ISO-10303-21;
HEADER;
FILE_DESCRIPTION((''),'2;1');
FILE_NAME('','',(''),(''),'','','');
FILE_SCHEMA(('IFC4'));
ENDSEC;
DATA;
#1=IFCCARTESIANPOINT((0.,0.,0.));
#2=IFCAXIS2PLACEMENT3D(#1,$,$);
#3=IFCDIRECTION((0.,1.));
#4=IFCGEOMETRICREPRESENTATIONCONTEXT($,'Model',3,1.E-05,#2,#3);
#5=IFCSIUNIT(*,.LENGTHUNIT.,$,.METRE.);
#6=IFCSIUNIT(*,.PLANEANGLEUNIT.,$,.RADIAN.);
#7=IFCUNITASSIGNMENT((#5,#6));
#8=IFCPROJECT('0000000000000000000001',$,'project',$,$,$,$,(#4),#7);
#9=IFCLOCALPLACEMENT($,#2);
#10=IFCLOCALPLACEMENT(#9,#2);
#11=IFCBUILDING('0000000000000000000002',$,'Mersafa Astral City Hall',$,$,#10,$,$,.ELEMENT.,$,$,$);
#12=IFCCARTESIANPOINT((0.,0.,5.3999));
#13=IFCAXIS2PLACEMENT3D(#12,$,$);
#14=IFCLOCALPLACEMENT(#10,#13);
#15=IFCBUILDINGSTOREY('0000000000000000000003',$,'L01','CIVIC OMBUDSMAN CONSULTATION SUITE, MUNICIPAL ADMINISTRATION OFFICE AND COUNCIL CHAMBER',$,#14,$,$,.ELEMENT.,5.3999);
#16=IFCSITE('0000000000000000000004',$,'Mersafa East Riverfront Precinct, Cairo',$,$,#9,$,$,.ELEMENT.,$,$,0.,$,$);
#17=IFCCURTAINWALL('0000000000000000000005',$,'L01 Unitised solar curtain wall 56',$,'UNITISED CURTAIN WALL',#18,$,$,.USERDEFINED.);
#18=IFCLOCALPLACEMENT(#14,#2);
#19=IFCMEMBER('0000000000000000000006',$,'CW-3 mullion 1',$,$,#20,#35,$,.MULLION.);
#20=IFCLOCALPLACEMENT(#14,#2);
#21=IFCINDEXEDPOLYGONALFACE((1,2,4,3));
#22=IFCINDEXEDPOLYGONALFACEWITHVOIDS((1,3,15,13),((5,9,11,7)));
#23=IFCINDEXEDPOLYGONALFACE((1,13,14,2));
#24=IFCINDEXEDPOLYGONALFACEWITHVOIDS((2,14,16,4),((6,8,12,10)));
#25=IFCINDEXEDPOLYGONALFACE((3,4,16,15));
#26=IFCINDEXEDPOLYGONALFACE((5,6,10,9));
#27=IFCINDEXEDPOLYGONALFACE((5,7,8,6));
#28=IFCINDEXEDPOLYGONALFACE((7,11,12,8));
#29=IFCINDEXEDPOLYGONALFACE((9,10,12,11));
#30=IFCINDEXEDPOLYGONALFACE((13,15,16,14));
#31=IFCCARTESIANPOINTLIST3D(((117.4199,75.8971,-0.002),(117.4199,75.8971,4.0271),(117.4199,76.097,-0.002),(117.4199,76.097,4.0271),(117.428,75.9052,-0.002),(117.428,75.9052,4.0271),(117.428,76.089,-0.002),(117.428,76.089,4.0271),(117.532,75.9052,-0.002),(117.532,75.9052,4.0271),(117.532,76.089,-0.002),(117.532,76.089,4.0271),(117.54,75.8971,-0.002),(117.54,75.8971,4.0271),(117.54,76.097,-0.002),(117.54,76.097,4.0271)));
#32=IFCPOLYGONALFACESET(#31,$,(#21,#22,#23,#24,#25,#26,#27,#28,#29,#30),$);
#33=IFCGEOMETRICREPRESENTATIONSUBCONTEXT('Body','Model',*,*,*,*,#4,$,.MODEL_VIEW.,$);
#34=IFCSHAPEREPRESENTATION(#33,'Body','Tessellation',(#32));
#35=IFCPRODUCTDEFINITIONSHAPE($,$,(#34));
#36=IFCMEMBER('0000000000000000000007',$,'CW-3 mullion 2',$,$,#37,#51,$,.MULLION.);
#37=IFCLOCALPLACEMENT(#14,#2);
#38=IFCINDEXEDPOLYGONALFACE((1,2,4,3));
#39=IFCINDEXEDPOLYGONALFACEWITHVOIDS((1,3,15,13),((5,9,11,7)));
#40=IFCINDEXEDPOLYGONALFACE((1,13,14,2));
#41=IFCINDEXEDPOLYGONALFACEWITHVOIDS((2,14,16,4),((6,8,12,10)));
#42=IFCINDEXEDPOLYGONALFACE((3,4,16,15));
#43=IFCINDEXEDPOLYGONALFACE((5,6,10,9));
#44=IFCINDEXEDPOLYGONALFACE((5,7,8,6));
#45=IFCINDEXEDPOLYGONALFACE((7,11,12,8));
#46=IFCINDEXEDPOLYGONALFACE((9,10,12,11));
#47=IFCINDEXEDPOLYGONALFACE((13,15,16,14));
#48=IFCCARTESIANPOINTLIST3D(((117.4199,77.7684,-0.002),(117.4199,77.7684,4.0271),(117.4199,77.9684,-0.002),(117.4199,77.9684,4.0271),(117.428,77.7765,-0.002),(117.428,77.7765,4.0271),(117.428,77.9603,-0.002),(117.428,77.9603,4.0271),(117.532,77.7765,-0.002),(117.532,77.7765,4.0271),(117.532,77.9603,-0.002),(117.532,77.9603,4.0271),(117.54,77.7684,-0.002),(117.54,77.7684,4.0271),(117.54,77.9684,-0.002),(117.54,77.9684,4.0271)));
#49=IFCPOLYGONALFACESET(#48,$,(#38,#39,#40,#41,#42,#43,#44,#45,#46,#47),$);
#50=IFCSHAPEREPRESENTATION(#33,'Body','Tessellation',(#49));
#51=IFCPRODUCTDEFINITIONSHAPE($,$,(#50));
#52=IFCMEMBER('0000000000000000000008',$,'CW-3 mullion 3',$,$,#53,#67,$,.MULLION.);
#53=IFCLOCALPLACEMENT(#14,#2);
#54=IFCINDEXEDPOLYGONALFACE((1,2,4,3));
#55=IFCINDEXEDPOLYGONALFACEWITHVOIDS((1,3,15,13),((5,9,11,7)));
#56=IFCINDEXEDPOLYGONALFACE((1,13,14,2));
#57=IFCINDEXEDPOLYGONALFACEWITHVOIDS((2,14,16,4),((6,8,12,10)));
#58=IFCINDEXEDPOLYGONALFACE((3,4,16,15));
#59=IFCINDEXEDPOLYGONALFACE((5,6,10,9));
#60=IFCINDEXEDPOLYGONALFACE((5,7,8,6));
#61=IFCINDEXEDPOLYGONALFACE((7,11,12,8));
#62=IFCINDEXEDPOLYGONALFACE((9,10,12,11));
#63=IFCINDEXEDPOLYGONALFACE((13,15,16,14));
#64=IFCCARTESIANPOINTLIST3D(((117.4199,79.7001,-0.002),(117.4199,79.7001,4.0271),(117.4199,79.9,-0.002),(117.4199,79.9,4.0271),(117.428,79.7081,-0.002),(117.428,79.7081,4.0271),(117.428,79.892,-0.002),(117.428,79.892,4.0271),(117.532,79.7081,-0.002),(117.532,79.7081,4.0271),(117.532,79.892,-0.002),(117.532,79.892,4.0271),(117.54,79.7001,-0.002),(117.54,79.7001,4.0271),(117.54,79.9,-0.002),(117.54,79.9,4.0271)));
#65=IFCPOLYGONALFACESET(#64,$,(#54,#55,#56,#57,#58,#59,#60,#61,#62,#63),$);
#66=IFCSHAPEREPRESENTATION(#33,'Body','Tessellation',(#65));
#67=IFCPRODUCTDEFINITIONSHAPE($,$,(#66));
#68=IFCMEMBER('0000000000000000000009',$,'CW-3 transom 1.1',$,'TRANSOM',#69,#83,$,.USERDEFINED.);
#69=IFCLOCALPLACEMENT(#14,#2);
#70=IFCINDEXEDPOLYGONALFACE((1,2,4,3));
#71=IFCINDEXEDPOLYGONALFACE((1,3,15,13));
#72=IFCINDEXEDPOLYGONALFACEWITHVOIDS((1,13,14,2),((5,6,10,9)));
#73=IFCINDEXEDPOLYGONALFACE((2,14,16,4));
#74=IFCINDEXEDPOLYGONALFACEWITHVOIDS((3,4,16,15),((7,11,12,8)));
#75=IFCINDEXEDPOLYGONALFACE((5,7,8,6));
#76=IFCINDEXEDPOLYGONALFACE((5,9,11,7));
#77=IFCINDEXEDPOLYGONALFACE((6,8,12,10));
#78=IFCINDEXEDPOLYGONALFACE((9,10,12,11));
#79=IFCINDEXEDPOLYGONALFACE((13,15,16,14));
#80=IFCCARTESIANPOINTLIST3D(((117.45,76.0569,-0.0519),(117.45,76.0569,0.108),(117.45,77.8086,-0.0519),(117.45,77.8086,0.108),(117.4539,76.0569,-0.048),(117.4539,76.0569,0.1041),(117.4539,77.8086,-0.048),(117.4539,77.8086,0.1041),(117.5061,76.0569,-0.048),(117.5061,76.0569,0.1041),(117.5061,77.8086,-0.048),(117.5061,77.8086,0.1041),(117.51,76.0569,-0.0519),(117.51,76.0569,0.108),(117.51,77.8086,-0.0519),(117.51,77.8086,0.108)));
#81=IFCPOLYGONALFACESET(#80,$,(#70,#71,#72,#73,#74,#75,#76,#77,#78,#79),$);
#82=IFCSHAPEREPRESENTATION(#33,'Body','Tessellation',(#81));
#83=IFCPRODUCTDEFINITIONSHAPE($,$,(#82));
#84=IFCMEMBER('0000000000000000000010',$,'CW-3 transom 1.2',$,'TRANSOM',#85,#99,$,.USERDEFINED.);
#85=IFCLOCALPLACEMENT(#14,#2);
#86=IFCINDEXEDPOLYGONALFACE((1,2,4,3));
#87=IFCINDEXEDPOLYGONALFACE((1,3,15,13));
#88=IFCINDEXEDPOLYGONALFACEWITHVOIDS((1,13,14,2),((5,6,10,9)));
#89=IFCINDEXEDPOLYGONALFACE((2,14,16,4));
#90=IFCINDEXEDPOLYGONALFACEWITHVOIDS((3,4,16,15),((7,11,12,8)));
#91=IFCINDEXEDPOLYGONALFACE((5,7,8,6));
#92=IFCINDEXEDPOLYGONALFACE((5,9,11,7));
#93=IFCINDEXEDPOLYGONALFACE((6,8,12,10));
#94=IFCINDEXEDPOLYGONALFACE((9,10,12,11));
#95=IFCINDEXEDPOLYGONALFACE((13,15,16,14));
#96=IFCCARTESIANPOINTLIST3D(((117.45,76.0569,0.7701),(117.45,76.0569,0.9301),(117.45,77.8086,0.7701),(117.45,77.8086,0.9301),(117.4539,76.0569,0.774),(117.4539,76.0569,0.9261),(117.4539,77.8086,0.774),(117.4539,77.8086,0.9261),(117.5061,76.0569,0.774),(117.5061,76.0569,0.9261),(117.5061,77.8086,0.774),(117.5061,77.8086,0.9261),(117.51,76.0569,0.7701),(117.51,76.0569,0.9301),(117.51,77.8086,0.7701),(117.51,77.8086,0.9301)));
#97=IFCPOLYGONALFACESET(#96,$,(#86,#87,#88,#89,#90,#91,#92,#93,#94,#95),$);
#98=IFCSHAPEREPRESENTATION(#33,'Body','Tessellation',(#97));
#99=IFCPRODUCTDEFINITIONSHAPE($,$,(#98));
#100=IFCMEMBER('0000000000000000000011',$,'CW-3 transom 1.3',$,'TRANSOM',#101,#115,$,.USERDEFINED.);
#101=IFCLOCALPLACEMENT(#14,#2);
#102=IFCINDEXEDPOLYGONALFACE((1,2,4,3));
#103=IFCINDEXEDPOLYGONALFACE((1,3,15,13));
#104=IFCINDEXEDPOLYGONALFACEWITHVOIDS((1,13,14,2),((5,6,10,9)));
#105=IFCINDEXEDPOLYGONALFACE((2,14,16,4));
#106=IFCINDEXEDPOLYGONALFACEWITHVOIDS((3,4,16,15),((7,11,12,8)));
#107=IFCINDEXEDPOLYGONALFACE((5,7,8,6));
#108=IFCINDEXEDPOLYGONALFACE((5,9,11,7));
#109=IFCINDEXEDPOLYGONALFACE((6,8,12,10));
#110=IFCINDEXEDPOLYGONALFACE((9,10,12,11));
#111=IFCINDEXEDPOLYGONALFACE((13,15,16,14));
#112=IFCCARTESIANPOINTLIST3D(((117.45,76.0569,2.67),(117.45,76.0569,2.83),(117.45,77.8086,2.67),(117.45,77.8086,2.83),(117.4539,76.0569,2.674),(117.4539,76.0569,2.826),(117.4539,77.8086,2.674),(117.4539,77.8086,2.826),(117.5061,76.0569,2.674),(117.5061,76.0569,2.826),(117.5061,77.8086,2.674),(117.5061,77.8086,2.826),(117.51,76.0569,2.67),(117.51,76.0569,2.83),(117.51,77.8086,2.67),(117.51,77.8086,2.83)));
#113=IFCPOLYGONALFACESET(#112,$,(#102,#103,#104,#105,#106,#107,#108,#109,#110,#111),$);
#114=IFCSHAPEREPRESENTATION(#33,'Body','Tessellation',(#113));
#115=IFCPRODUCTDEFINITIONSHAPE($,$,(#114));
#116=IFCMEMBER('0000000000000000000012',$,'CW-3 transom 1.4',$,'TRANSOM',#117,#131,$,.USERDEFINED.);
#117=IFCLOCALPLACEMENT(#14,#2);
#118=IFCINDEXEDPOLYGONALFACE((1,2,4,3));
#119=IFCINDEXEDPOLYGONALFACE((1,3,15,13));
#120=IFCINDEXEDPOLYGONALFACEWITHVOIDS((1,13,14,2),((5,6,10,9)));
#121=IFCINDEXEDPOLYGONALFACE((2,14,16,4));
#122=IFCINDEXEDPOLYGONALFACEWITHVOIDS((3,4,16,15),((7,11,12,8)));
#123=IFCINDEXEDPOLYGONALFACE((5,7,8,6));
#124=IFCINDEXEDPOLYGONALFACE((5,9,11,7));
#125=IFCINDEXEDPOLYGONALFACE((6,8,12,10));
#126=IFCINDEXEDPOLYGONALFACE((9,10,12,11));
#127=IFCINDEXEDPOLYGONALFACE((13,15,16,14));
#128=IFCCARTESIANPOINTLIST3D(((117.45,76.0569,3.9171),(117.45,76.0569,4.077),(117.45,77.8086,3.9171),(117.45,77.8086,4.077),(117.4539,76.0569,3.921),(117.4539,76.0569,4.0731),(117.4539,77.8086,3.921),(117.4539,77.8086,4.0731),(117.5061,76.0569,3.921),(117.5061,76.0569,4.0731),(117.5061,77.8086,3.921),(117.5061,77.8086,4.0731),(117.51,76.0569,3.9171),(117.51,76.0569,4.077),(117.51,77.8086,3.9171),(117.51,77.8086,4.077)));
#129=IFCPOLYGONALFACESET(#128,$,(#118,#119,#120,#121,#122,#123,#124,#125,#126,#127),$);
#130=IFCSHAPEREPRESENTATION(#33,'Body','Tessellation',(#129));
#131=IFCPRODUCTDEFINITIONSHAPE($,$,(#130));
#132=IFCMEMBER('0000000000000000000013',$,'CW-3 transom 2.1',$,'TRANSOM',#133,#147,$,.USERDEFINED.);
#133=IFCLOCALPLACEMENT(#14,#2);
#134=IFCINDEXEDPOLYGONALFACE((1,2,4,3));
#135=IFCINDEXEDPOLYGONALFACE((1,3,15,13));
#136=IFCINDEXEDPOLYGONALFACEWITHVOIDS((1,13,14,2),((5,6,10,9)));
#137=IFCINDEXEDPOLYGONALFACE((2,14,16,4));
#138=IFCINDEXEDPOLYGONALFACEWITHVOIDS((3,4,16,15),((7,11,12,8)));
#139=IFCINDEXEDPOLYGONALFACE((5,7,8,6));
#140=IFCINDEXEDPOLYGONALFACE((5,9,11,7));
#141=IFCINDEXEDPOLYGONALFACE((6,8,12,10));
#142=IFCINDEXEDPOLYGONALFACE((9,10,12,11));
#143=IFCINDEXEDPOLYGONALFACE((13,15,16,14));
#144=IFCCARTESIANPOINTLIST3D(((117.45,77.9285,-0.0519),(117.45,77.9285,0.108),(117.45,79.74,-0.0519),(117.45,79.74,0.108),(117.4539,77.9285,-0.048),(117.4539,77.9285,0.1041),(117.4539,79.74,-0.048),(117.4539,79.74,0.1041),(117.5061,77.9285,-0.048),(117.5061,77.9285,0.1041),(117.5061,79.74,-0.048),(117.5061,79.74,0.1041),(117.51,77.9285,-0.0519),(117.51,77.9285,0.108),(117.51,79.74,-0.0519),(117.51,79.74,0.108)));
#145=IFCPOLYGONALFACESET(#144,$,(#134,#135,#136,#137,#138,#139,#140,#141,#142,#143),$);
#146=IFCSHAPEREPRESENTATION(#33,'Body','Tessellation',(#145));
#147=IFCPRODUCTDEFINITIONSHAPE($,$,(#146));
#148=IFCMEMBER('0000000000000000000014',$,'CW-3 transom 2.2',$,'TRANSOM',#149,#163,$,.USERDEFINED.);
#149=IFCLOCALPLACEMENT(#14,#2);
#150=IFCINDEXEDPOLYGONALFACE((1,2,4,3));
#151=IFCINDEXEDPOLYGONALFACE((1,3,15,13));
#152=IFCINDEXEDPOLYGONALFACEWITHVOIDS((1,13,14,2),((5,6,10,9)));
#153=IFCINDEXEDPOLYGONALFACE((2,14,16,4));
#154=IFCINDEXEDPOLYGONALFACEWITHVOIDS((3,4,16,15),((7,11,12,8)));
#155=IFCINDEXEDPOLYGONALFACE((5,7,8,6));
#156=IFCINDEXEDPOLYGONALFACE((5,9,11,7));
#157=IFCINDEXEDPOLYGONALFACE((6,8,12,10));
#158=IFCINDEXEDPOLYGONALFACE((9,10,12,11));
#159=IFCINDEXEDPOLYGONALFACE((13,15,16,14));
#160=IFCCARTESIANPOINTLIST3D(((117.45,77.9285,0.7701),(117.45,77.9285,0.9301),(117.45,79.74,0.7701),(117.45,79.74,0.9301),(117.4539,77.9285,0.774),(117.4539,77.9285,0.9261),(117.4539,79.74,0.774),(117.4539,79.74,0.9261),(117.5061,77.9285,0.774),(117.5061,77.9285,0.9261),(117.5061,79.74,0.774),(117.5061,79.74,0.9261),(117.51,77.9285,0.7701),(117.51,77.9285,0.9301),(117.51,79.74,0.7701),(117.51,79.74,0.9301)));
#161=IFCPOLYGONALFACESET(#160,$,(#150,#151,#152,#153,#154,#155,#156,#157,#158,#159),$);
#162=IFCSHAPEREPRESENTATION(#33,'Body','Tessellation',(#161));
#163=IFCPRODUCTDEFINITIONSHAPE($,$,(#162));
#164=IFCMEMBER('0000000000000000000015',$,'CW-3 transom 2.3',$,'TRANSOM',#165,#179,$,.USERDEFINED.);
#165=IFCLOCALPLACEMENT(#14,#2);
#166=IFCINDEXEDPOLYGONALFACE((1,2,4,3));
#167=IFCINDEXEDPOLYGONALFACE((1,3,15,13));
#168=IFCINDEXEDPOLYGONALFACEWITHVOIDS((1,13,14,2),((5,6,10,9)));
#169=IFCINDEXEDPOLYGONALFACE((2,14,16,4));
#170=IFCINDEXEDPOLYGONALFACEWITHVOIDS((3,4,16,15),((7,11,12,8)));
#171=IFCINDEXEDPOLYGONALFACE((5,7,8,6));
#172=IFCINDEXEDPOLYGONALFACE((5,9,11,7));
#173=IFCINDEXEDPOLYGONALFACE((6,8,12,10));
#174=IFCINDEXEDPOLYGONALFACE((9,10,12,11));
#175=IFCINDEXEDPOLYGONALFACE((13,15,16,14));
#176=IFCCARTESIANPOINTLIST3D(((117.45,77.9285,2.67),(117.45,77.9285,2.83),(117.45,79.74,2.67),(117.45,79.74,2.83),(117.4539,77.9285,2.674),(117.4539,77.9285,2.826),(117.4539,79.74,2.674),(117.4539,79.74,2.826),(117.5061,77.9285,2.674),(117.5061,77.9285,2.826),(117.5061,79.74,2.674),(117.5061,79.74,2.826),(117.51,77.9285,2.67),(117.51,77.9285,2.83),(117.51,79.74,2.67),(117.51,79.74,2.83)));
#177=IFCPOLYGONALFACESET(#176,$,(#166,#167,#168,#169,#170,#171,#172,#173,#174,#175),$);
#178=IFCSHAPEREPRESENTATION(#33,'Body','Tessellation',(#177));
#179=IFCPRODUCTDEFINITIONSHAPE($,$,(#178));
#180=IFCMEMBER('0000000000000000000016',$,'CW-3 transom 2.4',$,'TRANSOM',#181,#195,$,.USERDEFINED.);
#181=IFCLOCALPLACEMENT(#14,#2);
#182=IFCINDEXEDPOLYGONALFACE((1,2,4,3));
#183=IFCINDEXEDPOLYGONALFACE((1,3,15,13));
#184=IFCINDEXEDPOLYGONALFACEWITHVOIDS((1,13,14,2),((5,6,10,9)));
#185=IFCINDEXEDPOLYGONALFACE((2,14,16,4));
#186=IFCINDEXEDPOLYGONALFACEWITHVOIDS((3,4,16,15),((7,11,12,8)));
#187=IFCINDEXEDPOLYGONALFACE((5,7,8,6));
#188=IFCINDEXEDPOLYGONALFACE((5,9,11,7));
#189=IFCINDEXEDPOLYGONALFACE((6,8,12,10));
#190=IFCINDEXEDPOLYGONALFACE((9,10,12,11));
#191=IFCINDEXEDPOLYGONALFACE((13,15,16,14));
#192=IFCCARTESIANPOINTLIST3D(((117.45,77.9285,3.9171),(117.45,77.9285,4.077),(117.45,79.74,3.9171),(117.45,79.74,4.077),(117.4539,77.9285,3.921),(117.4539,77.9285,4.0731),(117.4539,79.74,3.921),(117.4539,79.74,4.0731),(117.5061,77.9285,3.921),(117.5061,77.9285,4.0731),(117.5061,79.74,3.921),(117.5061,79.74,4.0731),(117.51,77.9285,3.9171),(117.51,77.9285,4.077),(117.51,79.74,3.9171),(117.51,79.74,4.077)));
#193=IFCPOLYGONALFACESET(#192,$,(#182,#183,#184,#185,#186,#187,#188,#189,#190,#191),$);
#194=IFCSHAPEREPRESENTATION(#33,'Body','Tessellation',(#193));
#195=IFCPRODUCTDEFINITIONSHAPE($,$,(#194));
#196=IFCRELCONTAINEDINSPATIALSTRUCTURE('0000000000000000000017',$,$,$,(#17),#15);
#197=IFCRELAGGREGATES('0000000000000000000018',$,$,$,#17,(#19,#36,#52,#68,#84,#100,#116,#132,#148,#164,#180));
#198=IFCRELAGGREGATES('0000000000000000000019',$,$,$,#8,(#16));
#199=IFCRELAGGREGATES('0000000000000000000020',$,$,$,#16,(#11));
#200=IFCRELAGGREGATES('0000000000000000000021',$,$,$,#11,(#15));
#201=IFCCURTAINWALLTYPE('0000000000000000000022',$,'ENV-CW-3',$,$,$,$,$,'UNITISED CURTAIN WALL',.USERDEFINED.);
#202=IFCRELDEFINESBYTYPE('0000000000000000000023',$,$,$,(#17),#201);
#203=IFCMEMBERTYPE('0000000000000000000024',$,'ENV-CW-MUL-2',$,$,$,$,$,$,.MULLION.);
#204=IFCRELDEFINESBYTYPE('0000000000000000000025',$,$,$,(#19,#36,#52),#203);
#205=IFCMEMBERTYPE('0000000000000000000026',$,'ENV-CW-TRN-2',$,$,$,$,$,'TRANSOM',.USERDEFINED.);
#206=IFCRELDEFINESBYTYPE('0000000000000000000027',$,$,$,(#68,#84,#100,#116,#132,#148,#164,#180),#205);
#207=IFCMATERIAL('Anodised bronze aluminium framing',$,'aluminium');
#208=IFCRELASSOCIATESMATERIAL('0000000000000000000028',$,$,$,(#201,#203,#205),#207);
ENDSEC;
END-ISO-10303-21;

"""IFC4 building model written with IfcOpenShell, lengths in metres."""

from ifc_helpers import new_model, si_unit, direction, frame, origin, origin_2d, place, context, subcontext, project, spatial, hollow_rectangle, extrude, material, material_profile, profile_set, type_object, element, aggregate, save


model = new_model("IFC4")

# Units and contexts
model_context = context("Model", 3, precision=1e-05, world=origin(), true_north=direction((0.0, 1.0)))
body_context = subcontext(model_context, "Body", "Model", "MODEL_VIEW")
ifc_project = project(units=[si_unit("LENGTHUNIT", "METRE"), si_unit("PLANEANGLEUNIT", "RADIAN")], contexts=[model_context])

# Site, building, storey
site_placement = place(None, origin())
site = spatial("IfcSite", under=ifc_project, at=site_placement, Name="Mersafa East Riverfront Precinct, Cairo", CompositionType="ELEMENT", RefElevation=0.0)
building_placement = place(site_placement, origin())
building = spatial("IfcBuilding", under=site, at=building_placement, Name="Mersafa Astral City Hall", CompositionType="ELEMENT")
storey_placement = place(building_placement, frame((0.0, 0.0, 5.3999)))
storey = spatial("IfcBuildingStorey", under=building, at=storey_placement, Name="L01", Description="CIVIC OMBUDSMAN CONSULTATION SUITE, MUNICIPAL ADMINISTRATION OFFICE AND COUNCIL CHAMBER", CompositionType="ELEMENT", Elevation=5.3999)

# Curtain wall, members
ifc_material_1 = material(Name="Anodised bronze aluminium framing", Category="aluminium")
curtain_wall_type = type_object("IfcCurtainWallType", Name="ENV-CW-3", ElementType="UNITISED CURTAIN WALL", PredefinedType="USERDEFINED", material=ifc_material_1)
curtain_wall_placement = place(storey_placement, origin())
curtain_wall = element("IfcCurtainWall", 1, at=curtain_wall_placement, inside=storey, type_object=curtain_wall_type, Name="L01 Unitised solar curtain wall 56", ObjectType="UNITISED CURTAIN WALL", PredefinedType="USERDEFINED")
ifc_material_profile_1 = material_profile(ifc_material_1, hollow_rectangle(XDim=0.1201, YDim=0.2, WallThickness=0.0081, at=origin_2d()), Name="RHS 120x200x8")
ifc_profile_set_1 = profile_set([ifc_material_profile_1], Name="Anodised bronze aluminium framing")
member_type_1 = type_object("IfcMemberType", Name="ENV-CW-MUL-2", PredefinedType="MULLION", material=ifc_profile_set_1)
member_1_placement = place(storey_placement, frame((117.48, 75.9971, -0.002), z_axis=(0.0, 0.0, 1.0), x_axis=(-1.0, 0.0, 0.0)))
member_1 = element("IfcMember", 2, at=member_1_placement, type_object=member_type_1, Name="CW-3 mullion 1", PredefinedType="MULLION", context=body_context, shape_type="SweptSolid", body=[
    extrude(hollow_rectangle(XDim=0.1201, YDim=0.2, WallThickness=0.0081, at=origin_2d()), origin(), (0.0, 0.0, 1.0), 4.0291),
])
member_2_placement = place(storey_placement, frame((117.48, 77.8684, -0.002), z_axis=(0.0, 0.0, 1.0), x_axis=(-1.0, 0.0, 0.0)))
member_2 = element("IfcMember", 3, at=member_2_placement, type_object=member_type_1, Name="CW-3 mullion 2", PredefinedType="MULLION", context=body_context, shape_type="SweptSolid", body=[
    extrude(hollow_rectangle(XDim=0.1201, YDim=0.2, WallThickness=0.0081, at=origin_2d()), origin(), (0.0, 0.0, 1.0), 4.0291),
])
member_3_placement = place(storey_placement, frame((117.48, 79.8, -0.002), z_axis=(0.0, 0.0, 1.0), x_axis=(-1.0, 0.0, 0.0)))
member_3 = element("IfcMember", 4, at=member_3_placement, type_object=member_type_1, Name="CW-3 mullion 3", PredefinedType="MULLION", context=body_context, shape_type="SweptSolid", body=[
    extrude(hollow_rectangle(XDim=0.1201, YDim=0.2, WallThickness=0.0081, at=origin_2d()), origin(), (0.0, 0.0, 1.0), 4.0291),
])
ifc_material_profile_2 = material_profile(ifc_material_1, hollow_rectangle(XDim=0.0601, YDim=0.1599, WallThickness=0.0039, at=origin_2d()), Name="RHS 60x160x4")
ifc_profile_set_2 = profile_set([ifc_material_profile_2], Name="Anodised bronze aluminium framing")
member_type_2 = type_object("IfcMemberType", Name="ENV-CW-TRN-2", ElementType="TRANSOM", PredefinedType="USERDEFINED", material=ifc_profile_set_2)
member_4_placement = place(storey_placement, frame((117.48, 76.0569, 0.0281), z_axis=(0.0, 1.0, 0.0), x_axis=(-1.0, 0.0, 0.0)))
member_4 = element("IfcMember", 5, at=member_4_placement, type_object=member_type_2, Name="CW-3 transom 1.1", ObjectType="TRANSOM", PredefinedType="USERDEFINED", context=body_context, shape_type="SweptSolid", body=[
    extrude(hollow_rectangle(XDim=0.0601, YDim=0.1599, WallThickness=0.0039, at=origin_2d()), origin(), (0.0, 0.0, 1.0), 1.7517),
])
member_5_placement = place(storey_placement, frame((117.48, 76.0569, 0.8501), z_axis=(0.0, 1.0, 0.0), x_axis=(-1.0, 0.0, 0.0)))
member_5 = element("IfcMember", 6, at=member_5_placement, type_object=member_type_2, Name="CW-3 transom 1.2", ObjectType="TRANSOM", PredefinedType="USERDEFINED", context=body_context, shape_type="SweptSolid", body=[
    extrude(hollow_rectangle(XDim=0.0601, YDim=0.1599, WallThickness=0.0039, at=origin_2d()), origin(), (0.0, 0.0, 1.0), 1.7517),
])
member_6_placement = place(storey_placement, frame((117.48, 76.0569, 2.75), z_axis=(0.0, 1.0, 0.0), x_axis=(-1.0, 0.0, 0.0)))
member_6 = element("IfcMember", 7, at=member_6_placement, type_object=member_type_2, Name="CW-3 transom 1.3", ObjectType="TRANSOM", PredefinedType="USERDEFINED", context=body_context, shape_type="SweptSolid", body=[
    extrude(hollow_rectangle(XDim=0.0601, YDim=0.1599, WallThickness=0.0039, at=origin_2d()), origin(), (0.0, 0.0, 1.0), 1.7517),
])
member_7_placement = place(storey_placement, frame((117.48, 76.0569, 3.9971), z_axis=(0.0, 1.0, 0.0), x_axis=(-1.0, 0.0, 0.0)))
member_7 = element("IfcMember", 8, at=member_7_placement, type_object=member_type_2, Name="CW-3 transom 1.4", ObjectType="TRANSOM", PredefinedType="USERDEFINED", context=body_context, shape_type="SweptSolid", body=[
    extrude(hollow_rectangle(XDim=0.0601, YDim=0.1599, WallThickness=0.0039, at=origin_2d()), origin(), (0.0, 0.0, 1.0), 1.7517),
])
member_8_placement = place(storey_placement, frame((117.48, 77.9285, 0.0281), z_axis=(0.0, 1.0, 0.0), x_axis=(-1.0, 0.0, 0.0)))
member_8 = element("IfcMember", 9, at=member_8_placement, type_object=member_type_2, Name="CW-3 transom 2.1", ObjectType="TRANSOM", PredefinedType="USERDEFINED", context=body_context, shape_type="SweptSolid", body=[
    extrude(hollow_rectangle(XDim=0.0601, YDim=0.1599, WallThickness=0.0039, at=origin_2d()), origin(), (0.0, 0.0, 1.0), 1.8115),
])
member_9_placement = place(storey_placement, frame((117.48, 77.9285, 0.8501), z_axis=(0.0, 1.0, 0.0), x_axis=(-1.0, 0.0, 0.0)))
member_9 = element("IfcMember", 10, at=member_9_placement, type_object=member_type_2, Name="CW-3 transom 2.2", ObjectType="TRANSOM", PredefinedType="USERDEFINED", context=body_context, shape_type="SweptSolid", body=[
    extrude(hollow_rectangle(XDim=0.0601, YDim=0.1599, WallThickness=0.0039, at=origin_2d()), origin(), (0.0, 0.0, 1.0), 1.8115),
])
member_10_placement = place(storey_placement, frame((117.48, 77.9285, 2.75), z_axis=(0.0, 1.0, 0.0), x_axis=(-1.0, 0.0, 0.0)))
member_10 = element("IfcMember", 11, at=member_10_placement, type_object=member_type_2, Name="CW-3 transom 2.3", ObjectType="TRANSOM", PredefinedType="USERDEFINED", context=body_context, shape_type="SweptSolid", body=[
    extrude(hollow_rectangle(XDim=0.0601, YDim=0.1599, WallThickness=0.0039, at=origin_2d()), origin(), (0.0, 0.0, 1.0), 1.8115),
])
member_11_placement = place(storey_placement, frame((117.48, 77.9285, 3.9971), z_axis=(0.0, 1.0, 0.0), x_axis=(-1.0, 0.0, 0.0)))
member_11 = element("IfcMember", 12, at=member_11_placement, type_object=member_type_2, Name="CW-3 transom 2.4", ObjectType="TRANSOM", PredefinedType="USERDEFINED", context=body_context, shape_type="SweptSolid", body=[
    extrude(hollow_rectangle(XDim=0.0601, YDim=0.1599, WallThickness=0.0039, at=origin_2d()), origin(), (0.0, 0.0, 1.0), 1.8115),
])

aggregate(curtain_wall, [member_1, member_2, member_3, member_4, member_5, member_6, member_7, member_8, member_9, member_10, member_11])

save(model, "model.ifc")
